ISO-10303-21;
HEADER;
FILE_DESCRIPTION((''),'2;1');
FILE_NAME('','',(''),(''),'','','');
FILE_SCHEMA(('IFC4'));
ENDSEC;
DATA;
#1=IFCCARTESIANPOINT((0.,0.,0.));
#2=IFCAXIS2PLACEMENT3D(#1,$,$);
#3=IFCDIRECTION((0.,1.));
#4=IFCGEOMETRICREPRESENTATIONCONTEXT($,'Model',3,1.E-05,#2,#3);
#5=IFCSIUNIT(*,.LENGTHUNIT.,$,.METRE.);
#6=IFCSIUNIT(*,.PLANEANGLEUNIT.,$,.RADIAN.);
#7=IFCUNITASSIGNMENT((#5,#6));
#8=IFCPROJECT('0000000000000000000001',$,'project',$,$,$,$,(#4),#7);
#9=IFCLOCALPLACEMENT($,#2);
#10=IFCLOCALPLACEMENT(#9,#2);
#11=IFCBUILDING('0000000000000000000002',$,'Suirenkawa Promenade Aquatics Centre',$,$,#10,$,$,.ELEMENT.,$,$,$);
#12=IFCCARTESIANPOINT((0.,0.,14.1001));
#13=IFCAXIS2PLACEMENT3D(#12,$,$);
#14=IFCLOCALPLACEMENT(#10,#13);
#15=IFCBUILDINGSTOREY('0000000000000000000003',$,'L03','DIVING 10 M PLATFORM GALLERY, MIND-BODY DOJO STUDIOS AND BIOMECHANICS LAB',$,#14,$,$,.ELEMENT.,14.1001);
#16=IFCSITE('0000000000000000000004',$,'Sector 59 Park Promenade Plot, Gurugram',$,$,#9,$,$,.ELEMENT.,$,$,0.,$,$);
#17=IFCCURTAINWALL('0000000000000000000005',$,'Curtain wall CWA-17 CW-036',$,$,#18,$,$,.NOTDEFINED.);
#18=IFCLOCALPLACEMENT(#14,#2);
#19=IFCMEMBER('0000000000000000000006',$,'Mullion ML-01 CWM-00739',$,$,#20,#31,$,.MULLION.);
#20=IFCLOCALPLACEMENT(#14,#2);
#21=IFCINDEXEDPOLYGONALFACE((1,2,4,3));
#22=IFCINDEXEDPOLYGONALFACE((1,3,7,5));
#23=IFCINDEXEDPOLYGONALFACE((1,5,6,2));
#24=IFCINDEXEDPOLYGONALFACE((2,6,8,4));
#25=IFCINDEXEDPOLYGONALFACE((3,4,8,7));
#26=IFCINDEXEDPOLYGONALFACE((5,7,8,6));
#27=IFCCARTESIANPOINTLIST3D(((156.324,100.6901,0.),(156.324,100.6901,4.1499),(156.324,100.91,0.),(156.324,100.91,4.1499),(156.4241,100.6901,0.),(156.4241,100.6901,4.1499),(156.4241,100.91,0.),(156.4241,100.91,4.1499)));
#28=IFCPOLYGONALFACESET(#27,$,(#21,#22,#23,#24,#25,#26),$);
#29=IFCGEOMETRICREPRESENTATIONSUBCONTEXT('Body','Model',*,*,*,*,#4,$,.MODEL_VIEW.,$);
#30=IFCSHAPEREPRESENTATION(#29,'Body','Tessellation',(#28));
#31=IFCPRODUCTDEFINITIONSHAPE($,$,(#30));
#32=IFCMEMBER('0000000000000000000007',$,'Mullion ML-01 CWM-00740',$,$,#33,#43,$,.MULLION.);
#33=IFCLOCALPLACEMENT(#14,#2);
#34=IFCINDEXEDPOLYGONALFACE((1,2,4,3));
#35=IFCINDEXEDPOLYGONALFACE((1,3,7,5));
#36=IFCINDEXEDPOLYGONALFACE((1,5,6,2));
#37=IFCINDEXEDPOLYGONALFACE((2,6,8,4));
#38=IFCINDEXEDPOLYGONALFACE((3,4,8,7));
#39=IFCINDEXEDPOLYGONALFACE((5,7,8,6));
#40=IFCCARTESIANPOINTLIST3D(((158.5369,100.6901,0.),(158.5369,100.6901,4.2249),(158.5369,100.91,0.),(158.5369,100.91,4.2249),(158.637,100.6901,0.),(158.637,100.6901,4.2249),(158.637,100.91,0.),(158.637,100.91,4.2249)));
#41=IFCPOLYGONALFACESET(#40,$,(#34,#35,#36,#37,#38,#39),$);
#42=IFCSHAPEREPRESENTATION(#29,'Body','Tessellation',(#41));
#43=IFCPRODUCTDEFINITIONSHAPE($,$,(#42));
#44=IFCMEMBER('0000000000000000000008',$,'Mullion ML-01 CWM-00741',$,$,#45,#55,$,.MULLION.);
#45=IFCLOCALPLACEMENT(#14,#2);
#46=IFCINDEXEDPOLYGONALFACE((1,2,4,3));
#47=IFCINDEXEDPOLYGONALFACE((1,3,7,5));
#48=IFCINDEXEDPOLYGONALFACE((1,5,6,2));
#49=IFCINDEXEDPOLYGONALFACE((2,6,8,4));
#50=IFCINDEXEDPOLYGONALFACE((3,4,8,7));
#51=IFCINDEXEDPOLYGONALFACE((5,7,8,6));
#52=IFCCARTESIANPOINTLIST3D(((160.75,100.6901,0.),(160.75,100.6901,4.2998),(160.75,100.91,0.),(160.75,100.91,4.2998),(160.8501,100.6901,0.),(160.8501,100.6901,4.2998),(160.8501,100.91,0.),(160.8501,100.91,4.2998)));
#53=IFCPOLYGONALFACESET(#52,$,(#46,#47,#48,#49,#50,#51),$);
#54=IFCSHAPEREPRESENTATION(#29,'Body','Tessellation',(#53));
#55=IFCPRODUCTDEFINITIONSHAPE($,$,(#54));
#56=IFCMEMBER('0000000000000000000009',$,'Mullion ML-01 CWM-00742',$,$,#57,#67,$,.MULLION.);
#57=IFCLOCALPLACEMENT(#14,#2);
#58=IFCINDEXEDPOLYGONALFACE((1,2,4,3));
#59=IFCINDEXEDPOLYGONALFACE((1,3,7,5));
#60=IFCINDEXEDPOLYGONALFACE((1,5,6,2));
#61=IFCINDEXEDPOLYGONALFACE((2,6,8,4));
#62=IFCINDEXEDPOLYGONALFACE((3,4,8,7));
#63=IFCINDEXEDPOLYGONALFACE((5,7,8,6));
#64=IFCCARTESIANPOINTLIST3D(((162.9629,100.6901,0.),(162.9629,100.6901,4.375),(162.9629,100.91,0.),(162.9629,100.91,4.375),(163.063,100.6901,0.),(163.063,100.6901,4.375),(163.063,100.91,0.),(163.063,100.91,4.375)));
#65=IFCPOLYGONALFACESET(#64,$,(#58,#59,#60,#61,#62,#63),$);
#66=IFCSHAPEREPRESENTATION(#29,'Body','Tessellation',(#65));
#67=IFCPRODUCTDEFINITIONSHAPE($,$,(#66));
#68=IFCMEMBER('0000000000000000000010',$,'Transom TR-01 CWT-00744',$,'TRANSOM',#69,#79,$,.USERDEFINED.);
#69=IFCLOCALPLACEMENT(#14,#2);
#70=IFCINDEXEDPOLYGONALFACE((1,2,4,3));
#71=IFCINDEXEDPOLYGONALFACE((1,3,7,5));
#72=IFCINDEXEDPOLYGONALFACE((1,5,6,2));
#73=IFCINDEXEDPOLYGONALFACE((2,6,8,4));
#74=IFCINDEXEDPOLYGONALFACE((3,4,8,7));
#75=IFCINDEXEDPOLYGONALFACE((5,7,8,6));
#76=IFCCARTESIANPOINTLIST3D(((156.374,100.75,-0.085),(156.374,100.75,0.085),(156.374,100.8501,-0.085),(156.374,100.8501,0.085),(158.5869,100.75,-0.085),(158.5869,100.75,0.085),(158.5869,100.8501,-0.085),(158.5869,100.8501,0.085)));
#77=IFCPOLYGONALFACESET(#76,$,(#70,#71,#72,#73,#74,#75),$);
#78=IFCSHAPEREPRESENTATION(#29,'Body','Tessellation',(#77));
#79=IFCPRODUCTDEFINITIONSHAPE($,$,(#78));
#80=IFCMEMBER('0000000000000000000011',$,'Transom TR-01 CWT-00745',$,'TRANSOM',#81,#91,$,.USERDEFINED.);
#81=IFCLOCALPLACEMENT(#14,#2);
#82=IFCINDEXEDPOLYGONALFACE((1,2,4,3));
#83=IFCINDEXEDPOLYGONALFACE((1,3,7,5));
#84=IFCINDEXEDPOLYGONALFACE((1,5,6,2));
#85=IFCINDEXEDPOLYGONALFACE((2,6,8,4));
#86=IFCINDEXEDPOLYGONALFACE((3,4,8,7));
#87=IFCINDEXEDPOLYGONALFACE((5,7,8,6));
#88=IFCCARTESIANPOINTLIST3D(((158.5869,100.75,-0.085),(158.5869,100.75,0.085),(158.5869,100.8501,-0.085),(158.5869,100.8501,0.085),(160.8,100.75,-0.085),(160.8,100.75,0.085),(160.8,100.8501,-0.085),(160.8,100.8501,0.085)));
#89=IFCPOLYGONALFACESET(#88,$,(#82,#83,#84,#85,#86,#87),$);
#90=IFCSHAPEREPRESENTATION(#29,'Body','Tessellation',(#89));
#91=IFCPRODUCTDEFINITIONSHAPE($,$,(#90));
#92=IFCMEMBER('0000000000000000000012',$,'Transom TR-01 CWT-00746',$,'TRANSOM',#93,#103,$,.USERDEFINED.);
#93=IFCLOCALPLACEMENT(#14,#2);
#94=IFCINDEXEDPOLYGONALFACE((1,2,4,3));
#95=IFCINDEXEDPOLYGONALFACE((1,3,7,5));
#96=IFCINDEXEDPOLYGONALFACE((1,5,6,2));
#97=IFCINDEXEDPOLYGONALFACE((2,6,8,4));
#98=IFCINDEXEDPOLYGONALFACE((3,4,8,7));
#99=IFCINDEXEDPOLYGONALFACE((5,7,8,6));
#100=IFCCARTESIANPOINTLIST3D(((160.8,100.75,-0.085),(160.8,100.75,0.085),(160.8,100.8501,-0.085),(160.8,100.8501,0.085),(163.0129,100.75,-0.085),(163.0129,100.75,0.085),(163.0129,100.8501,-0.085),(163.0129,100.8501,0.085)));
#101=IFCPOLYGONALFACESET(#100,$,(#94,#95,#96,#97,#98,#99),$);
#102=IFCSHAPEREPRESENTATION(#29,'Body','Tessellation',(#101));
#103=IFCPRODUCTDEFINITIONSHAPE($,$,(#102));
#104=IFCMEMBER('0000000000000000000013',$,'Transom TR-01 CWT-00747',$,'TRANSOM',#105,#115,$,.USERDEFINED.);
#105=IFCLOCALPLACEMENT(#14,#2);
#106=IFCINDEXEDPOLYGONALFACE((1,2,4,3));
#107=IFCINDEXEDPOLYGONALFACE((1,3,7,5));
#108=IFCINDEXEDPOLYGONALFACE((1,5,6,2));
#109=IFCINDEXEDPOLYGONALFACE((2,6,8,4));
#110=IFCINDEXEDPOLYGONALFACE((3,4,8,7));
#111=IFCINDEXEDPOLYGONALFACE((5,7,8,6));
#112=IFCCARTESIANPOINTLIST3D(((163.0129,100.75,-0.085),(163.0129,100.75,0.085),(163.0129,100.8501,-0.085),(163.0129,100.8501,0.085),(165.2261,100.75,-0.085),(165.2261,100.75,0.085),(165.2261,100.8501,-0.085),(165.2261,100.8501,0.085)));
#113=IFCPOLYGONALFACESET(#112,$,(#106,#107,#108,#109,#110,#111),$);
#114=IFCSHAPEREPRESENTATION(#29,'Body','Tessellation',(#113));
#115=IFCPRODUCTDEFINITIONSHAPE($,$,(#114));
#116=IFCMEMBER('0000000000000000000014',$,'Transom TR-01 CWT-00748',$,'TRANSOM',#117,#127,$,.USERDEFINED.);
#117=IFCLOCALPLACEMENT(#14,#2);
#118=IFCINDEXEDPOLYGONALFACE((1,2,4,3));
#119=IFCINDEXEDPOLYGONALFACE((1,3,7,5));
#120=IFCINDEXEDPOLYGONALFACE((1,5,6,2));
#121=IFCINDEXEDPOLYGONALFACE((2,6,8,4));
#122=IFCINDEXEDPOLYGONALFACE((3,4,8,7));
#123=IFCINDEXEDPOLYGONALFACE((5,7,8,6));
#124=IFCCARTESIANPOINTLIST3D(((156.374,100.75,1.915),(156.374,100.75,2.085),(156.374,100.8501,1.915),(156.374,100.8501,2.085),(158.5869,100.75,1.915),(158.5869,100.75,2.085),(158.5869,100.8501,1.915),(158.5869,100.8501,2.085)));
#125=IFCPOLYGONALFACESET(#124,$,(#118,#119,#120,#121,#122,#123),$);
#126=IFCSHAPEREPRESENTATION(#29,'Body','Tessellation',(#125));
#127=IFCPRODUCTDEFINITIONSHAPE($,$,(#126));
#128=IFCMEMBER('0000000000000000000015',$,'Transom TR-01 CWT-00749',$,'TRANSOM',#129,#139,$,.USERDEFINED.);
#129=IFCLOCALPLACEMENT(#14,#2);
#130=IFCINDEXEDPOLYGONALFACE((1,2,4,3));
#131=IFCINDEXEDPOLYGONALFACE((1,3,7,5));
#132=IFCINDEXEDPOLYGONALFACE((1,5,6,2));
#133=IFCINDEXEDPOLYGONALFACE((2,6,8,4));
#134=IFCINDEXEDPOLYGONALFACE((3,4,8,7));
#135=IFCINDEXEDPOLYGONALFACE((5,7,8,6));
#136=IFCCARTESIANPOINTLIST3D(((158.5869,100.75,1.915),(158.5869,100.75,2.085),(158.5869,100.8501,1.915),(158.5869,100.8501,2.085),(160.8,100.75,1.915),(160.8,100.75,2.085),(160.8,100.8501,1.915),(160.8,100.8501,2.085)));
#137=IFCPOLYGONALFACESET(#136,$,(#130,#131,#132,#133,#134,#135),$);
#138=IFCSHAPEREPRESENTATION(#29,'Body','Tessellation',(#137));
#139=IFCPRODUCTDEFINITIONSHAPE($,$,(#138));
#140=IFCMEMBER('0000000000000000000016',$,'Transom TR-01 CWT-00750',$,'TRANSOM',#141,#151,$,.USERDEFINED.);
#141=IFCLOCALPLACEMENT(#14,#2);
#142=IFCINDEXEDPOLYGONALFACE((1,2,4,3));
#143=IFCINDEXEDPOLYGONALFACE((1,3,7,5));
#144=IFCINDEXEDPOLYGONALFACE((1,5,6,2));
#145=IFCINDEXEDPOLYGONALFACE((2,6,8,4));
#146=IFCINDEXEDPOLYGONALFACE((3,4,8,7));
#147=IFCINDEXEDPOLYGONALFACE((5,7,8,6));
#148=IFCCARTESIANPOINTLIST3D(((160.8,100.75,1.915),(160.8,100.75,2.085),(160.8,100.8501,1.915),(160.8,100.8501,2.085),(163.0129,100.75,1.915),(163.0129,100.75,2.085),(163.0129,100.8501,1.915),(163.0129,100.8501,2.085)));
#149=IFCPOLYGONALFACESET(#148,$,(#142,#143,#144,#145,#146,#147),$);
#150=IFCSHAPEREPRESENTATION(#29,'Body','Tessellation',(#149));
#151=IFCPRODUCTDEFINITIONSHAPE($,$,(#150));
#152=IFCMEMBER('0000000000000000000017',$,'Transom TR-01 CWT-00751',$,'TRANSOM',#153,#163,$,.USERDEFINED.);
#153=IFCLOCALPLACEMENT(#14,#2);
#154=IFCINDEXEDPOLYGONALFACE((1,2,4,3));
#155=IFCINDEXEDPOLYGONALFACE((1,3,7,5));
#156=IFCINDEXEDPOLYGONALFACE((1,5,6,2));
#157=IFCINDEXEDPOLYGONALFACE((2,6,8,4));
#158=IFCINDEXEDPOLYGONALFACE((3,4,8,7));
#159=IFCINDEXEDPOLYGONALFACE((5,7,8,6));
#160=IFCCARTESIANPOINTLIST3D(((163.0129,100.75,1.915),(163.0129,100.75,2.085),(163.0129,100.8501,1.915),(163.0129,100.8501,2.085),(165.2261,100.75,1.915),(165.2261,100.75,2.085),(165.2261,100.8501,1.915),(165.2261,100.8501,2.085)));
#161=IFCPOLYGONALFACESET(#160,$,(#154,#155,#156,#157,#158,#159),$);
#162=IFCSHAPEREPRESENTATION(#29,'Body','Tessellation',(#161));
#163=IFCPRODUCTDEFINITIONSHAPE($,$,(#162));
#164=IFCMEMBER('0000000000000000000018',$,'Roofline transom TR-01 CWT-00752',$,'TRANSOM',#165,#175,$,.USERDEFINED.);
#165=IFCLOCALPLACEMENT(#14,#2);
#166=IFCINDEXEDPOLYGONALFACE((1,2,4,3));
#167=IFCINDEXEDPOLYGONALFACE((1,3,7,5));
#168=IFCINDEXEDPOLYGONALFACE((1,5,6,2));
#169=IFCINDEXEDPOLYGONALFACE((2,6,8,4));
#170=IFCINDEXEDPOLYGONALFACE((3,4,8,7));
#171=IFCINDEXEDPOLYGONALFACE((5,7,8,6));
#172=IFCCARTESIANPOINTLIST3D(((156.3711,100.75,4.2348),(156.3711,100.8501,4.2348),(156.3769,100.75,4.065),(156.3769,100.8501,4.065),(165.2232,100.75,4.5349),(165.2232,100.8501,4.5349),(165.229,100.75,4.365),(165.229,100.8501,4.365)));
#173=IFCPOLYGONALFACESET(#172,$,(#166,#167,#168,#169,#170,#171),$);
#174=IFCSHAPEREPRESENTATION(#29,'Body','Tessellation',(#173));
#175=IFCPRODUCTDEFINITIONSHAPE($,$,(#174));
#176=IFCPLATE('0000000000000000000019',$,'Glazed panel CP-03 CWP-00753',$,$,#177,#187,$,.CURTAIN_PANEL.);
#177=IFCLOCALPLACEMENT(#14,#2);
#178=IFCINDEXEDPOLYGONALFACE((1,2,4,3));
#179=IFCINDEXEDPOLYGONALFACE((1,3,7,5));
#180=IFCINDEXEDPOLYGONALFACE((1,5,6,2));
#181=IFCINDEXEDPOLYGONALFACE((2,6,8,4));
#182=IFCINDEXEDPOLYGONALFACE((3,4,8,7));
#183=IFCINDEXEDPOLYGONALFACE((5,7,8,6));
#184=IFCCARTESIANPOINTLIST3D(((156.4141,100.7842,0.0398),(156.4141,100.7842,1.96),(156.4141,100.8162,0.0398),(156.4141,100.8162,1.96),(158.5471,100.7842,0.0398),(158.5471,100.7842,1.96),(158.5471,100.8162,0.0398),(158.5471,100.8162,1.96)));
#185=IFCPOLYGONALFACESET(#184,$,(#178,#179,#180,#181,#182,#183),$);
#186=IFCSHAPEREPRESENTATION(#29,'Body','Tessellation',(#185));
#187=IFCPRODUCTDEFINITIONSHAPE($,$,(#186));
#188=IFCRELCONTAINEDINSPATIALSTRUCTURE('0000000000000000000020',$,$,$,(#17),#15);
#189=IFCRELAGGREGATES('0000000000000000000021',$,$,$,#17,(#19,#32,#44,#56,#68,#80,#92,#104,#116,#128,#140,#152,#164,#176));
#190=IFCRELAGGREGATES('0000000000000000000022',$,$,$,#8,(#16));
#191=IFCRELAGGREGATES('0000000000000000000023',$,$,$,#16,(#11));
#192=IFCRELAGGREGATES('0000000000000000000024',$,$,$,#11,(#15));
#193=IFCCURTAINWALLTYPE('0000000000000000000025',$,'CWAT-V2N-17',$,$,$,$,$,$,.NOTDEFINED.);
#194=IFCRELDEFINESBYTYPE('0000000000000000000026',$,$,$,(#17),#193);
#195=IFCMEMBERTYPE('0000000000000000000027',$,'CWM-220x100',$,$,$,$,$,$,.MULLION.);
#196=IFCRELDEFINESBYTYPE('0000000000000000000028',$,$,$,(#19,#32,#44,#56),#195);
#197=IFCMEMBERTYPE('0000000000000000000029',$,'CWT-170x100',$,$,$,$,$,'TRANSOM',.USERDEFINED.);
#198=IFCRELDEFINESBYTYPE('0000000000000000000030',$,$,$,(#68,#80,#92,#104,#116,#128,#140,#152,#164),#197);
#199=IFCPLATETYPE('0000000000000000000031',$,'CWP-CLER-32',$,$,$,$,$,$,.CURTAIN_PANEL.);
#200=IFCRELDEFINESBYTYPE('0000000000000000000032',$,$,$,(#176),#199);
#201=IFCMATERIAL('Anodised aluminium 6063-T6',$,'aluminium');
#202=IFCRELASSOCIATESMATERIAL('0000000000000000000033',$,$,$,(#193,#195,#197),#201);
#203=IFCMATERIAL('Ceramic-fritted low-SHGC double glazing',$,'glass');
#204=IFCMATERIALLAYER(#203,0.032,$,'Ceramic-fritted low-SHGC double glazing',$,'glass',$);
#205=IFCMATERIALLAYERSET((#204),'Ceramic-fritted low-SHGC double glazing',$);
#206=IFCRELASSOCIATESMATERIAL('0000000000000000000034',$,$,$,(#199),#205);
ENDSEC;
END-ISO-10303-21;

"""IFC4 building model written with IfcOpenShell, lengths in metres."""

from ifc_helpers import new_model, si_unit, direction, frame, origin, origin_2d, place, context, subcontext, project, spatial, polyline, rectangle, outline, extrude, material, layer, layer_set, material_profile, profile_set, type_object, element, aggregate, save


model = new_model("IFC4")

# Units and contexts
model_context = context("Model", 3, precision=1e-05, world=origin(), true_north=direction((0.0, 1.0)))
body_context = subcontext(model_context, "Body", "Model", "MODEL_VIEW")
ifc_project = project(units=[si_unit("LENGTHUNIT", "METRE"), si_unit("PLANEANGLEUNIT", "RADIAN")], contexts=[model_context])

# Site, building, storey
site_placement = place(None, origin())
site = spatial("IfcSite", under=ifc_project, at=site_placement, Name="Sector 59 Park Promenade Plot, Gurugram", CompositionType="ELEMENT", RefElevation=0.0)
building_placement = place(site_placement, origin())
building = spatial("IfcBuilding", under=site, at=building_placement, Name="Suirenkawa Promenade Aquatics Centre", CompositionType="ELEMENT")
storey_placement = place(building_placement, frame((0.0, 0.0, 14.1001)))
storey = spatial("IfcBuildingStorey", under=building, at=storey_placement, Name="L03", Description="DIVING 10 M PLATFORM GALLERY, MIND-BODY DOJO STUDIOS AND BIOMECHANICS LAB", CompositionType="ELEMENT", Elevation=14.1001)

# Curtain wall, members, plate
ifc_material_1 = material(Name="Anodised aluminium 6063-T6", Category="aluminium")
curtain_wall_type = type_object("IfcCurtainWallType", Name="CWAT-V2N-17", PredefinedType="NOTDEFINED", material=ifc_material_1)
curtain_wall_placement = place(storey_placement, origin())
curtain_wall = element("IfcCurtainWall", 1, at=curtain_wall_placement, inside=storey, type_object=curtain_wall_type, Name="Curtain wall CWA-17 CW-036", PredefinedType="NOTDEFINED")
ifc_material_profile_1 = material_profile(ifc_material_1, rectangle(XDim=0.1001, YDim=0.22, at=origin_2d()), Name="ALU MULL 100x220", Category="aluminium")
ifc_profile_set_1 = profile_set([ifc_material_profile_1], Name="Anodised aluminium 6063-T6")
member_type_1 = type_object("IfcMemberType", Name="CWM-220x100", PredefinedType="MULLION", material=ifc_profile_set_1)
member_1_placement = place(storey_placement, frame((156.374, 100.8, 0.0), z_axis=(0.0, 0.0, 1.0), x_axis=(1.0, 0.0, 0.0)))
member_1 = element("IfcMember", 2, at=member_1_placement, type_object=member_type_1, Name="Mullion ML-01 CWM-00739", PredefinedType="MULLION", context=body_context, shape_type="SweptSolid", body=[
    extrude(rectangle(XDim=0.1001, YDim=0.22, at=origin_2d()), origin(), (0.0, 0.0, 1.0), 4.1499),
])
member_2_placement = place(storey_placement, frame((158.5869, 100.8, 0.0), z_axis=(0.0, 0.0, 1.0), x_axis=(1.0, 0.0, 0.0)))
member_2 = element("IfcMember", 3, at=member_2_placement, type_object=member_type_1, Name="Mullion ML-01 CWM-00740", PredefinedType="MULLION", context=body_context, shape_type="SweptSolid", body=[
    extrude(rectangle(XDim=0.1001, YDim=0.22, at=origin_2d()), origin(), (0.0, 0.0, 1.0), 4.2249),
])
member_3_placement = place(storey_placement, frame((160.8, 100.8, 0.0), z_axis=(0.0, 0.0, 1.0), x_axis=(1.0, 0.0, 0.0)))
member_3 = element("IfcMember", 4, at=member_3_placement, type_object=member_type_1, Name="Mullion ML-01 CWM-00741", PredefinedType="MULLION", context=body_context, shape_type="SweptSolid", body=[
    extrude(rectangle(XDim=0.1001, YDim=0.22, at=origin_2d()), origin(), (0.0, 0.0, 1.0), 4.2998),
])
member_4_placement = place(storey_placement, frame((163.0129, 100.8, 0.0), z_axis=(0.0, 0.0, 1.0), x_axis=(1.0, 0.0, 0.0)))
member_4 = element("IfcMember", 5, at=member_4_placement, type_object=member_type_1, Name="Mullion ML-01 CWM-00742", PredefinedType="MULLION", context=body_context, shape_type="SweptSolid", body=[
    extrude(rectangle(XDim=0.1001, YDim=0.22, at=origin_2d()), origin(), (0.0, 0.0, 1.0), 4.375),
])
ifc_material_profile_2 = material_profile(ifc_material_1, rectangle(XDim=0.1001, YDim=0.1699, at=origin_2d()), Name="ALU TRAN 100x170", Category="aluminium")
ifc_profile_set_2 = profile_set([ifc_material_profile_2], Name="Anodised aluminium 6063-T6")
member_type_2 = type_object("IfcMemberType", Name="CWT-170x100", ElementType="TRANSOM", PredefinedType="USERDEFINED", material=ifc_profile_set_2)
member_5_placement = place(storey_placement, frame((156.374, 100.8, 0.0), z_axis=(1.0, 0.0, 0.0), x_axis=(0.0, 1.0, 0.0)))
member_5 = element("IfcMember", 6, at=member_5_placement, type_object=member_type_2, Name="Transom TR-01 CWT-00744", ObjectType="TRANSOM", PredefinedType="USERDEFINED", context=body_context, shape_type="SweptSolid", body=[
    extrude(rectangle(XDim=0.1001, YDim=0.1699, at=origin_2d()), origin(), (0.0, 0.0, 1.0), 2.2129),
])
member_6_placement = place(storey_placement, frame((158.5869, 100.8, 0.0), z_axis=(1.0, 0.0, 0.0), x_axis=(0.0, 1.0, 0.0)))
member_6 = element("IfcMember", 7, at=member_6_placement, type_object=member_type_2, Name="Transom TR-01 CWT-00745", ObjectType="TRANSOM", PredefinedType="USERDEFINED", context=body_context, shape_type="SweptSolid", body=[
    extrude(rectangle(XDim=0.1001, YDim=0.1699, at=origin_2d()), origin(), (0.0, 0.0, 1.0), 2.2131),
])
member_7_placement = place(storey_placement, frame((160.8, 100.8, 0.0), z_axis=(1.0, 0.0, 0.0), x_axis=(0.0, 1.0, 0.0)))
member_7 = element("IfcMember", 8, at=member_7_placement, type_object=member_type_2, Name="Transom TR-01 CWT-00746", ObjectType="TRANSOM", PredefinedType="USERDEFINED", context=body_context, shape_type="SweptSolid", body=[
    extrude(rectangle(XDim=0.1001, YDim=0.1699, at=origin_2d()), origin(), (0.0, 0.0, 1.0), 2.2129),
])
member_8_placement = place(storey_placement, frame((163.0129, 100.8, 0.0), z_axis=(1.0, 0.0, 0.0), x_axis=(0.0, 1.0, 0.0)))
member_8 = element("IfcMember", 9, at=member_8_placement, type_object=member_type_2, Name="Transom TR-01 CWT-00747", ObjectType="TRANSOM", PredefinedType="USERDEFINED", context=body_context, shape_type="SweptSolid", body=[
    extrude(rectangle(XDim=0.1001, YDim=0.1699, at=origin_2d()), origin(), (0.0, 0.0, 1.0), 2.2131),
])
member_9_placement = place(storey_placement, frame((156.374, 100.8, 2.0), z_axis=(1.0, 0.0, 0.0), x_axis=(0.0, 1.0, 0.0)))
member_9 = element("IfcMember", 10, at=member_9_placement, type_object=member_type_2, Name="Transom TR-01 CWT-00748", ObjectType="TRANSOM", PredefinedType="USERDEFINED", context=body_context, shape_type="SweptSolid", body=[
    extrude(rectangle(XDim=0.1001, YDim=0.1699, at=origin_2d()), origin(), (0.0, 0.0, 1.0), 2.2129),
])
member_10_placement = place(storey_placement, frame((158.5869, 100.8, 2.0), z_axis=(1.0, 0.0, 0.0), x_axis=(0.0, 1.0, 0.0)))
member_10 = element("IfcMember", 11, at=member_10_placement, type_object=member_type_2, Name="Transom TR-01 CWT-00749", ObjectType="TRANSOM", PredefinedType="USERDEFINED", context=body_context, shape_type="SweptSolid", body=[
    extrude(rectangle(XDim=0.1001, YDim=0.1699, at=origin_2d()), origin(), (0.0, 0.0, 1.0), 2.2131),
])
member_11_placement = place(storey_placement, frame((160.8, 100.8, 2.0), z_axis=(1.0, 0.0, 0.0), x_axis=(0.0, 1.0, 0.0)))
member_11 = element("IfcMember", 12, at=member_11_placement, type_object=member_type_2, Name="Transom TR-01 CWT-00750", ObjectType="TRANSOM", PredefinedType="USERDEFINED", context=body_context, shape_type="SweptSolid", body=[
    extrude(rectangle(XDim=0.1001, YDim=0.1699, at=origin_2d()), origin(), (0.0, 0.0, 1.0), 2.2129),
])
member_12_placement = place(storey_placement, frame((163.0129, 100.8, 2.0), z_axis=(1.0, 0.0, 0.0), x_axis=(0.0, 1.0, 0.0)))
member_12 = element("IfcMember", 13, at=member_12_placement, type_object=member_type_2, Name="Transom TR-01 CWT-00751", ObjectType="TRANSOM", PredefinedType="USERDEFINED", context=body_context, shape_type="SweptSolid", body=[
    extrude(rectangle(XDim=0.1001, YDim=0.1699, at=origin_2d()), origin(), (0.0, 0.0, 1.0), 2.2131),
])
member_13_placement = place(storey_placement, frame((156.374, 100.8, 4.1499), z_axis=(0.999426, 0.0, 0.033877), x_axis=(0.0, 1.0, 0.0)))
member_13 = element("IfcMember", 14, at=member_13_placement, type_object=member_type_2, Name="Roofline transom TR-01 CWT-00752", ObjectType="TRANSOM", PredefinedType="USERDEFINED", context=body_context, shape_type="SweptSolid", body=[
    extrude(rectangle(XDim=0.1001, YDim=0.1699, at=origin_2d()), origin(), (0.0, 0.0, 1.0), 8.8572),
])
ifc_material_2 = material(Name="Ceramic-fritted low-SHGC double glazing", Category="glass")
ifc_layer_1 = layer(ifc_material_2, 0.032, Name="Ceramic-fritted low-SHGC double glazing", Category="glass")
ifc_layer_set_1 = layer_set([ifc_layer_1], Name="Ceramic-fritted low-SHGC double glazing")
plate_type = type_object("IfcPlateType", Name="CWP-CLER-32", PredefinedType="CURTAIN_PANEL", material=ifc_layer_set_1)
plate_1_placement = place(storey_placement, frame((156.374, 100.8, 0.0398), z_axis=(0.0, 0.0, 1.0), x_axis=(1.0, 0.0, 0.0)))
plate_1 = element("IfcPlate", 15, at=plate_1_placement, type_object=plate_type, Name="Glazed panel CP-03 CWP-00753", PredefinedType="CURTAIN_PANEL", context=body_context, shape_type="SweptSolid", body=[
    extrude(outline(polyline([(0.04, 0.0), (2.1731, 0.0), (2.1731, 1.9202), (0.04, 1.9202), (0.04, 0.0)])), frame((0.0, 0.0161, 0.0), z_axis=(0.0, -1.0, 0.0), x_axis=(1.0, 0.0, 0.0)), (0.0, 0.0, 1.0), 0.032),
])
aggregate(curtain_wall, [member_1, member_2, member_3, member_4, member_5, member_6, member_7, member_8, member_9, member_10, member_11, member_12, member_13, plate_1])

save(model, "model.ifc")
